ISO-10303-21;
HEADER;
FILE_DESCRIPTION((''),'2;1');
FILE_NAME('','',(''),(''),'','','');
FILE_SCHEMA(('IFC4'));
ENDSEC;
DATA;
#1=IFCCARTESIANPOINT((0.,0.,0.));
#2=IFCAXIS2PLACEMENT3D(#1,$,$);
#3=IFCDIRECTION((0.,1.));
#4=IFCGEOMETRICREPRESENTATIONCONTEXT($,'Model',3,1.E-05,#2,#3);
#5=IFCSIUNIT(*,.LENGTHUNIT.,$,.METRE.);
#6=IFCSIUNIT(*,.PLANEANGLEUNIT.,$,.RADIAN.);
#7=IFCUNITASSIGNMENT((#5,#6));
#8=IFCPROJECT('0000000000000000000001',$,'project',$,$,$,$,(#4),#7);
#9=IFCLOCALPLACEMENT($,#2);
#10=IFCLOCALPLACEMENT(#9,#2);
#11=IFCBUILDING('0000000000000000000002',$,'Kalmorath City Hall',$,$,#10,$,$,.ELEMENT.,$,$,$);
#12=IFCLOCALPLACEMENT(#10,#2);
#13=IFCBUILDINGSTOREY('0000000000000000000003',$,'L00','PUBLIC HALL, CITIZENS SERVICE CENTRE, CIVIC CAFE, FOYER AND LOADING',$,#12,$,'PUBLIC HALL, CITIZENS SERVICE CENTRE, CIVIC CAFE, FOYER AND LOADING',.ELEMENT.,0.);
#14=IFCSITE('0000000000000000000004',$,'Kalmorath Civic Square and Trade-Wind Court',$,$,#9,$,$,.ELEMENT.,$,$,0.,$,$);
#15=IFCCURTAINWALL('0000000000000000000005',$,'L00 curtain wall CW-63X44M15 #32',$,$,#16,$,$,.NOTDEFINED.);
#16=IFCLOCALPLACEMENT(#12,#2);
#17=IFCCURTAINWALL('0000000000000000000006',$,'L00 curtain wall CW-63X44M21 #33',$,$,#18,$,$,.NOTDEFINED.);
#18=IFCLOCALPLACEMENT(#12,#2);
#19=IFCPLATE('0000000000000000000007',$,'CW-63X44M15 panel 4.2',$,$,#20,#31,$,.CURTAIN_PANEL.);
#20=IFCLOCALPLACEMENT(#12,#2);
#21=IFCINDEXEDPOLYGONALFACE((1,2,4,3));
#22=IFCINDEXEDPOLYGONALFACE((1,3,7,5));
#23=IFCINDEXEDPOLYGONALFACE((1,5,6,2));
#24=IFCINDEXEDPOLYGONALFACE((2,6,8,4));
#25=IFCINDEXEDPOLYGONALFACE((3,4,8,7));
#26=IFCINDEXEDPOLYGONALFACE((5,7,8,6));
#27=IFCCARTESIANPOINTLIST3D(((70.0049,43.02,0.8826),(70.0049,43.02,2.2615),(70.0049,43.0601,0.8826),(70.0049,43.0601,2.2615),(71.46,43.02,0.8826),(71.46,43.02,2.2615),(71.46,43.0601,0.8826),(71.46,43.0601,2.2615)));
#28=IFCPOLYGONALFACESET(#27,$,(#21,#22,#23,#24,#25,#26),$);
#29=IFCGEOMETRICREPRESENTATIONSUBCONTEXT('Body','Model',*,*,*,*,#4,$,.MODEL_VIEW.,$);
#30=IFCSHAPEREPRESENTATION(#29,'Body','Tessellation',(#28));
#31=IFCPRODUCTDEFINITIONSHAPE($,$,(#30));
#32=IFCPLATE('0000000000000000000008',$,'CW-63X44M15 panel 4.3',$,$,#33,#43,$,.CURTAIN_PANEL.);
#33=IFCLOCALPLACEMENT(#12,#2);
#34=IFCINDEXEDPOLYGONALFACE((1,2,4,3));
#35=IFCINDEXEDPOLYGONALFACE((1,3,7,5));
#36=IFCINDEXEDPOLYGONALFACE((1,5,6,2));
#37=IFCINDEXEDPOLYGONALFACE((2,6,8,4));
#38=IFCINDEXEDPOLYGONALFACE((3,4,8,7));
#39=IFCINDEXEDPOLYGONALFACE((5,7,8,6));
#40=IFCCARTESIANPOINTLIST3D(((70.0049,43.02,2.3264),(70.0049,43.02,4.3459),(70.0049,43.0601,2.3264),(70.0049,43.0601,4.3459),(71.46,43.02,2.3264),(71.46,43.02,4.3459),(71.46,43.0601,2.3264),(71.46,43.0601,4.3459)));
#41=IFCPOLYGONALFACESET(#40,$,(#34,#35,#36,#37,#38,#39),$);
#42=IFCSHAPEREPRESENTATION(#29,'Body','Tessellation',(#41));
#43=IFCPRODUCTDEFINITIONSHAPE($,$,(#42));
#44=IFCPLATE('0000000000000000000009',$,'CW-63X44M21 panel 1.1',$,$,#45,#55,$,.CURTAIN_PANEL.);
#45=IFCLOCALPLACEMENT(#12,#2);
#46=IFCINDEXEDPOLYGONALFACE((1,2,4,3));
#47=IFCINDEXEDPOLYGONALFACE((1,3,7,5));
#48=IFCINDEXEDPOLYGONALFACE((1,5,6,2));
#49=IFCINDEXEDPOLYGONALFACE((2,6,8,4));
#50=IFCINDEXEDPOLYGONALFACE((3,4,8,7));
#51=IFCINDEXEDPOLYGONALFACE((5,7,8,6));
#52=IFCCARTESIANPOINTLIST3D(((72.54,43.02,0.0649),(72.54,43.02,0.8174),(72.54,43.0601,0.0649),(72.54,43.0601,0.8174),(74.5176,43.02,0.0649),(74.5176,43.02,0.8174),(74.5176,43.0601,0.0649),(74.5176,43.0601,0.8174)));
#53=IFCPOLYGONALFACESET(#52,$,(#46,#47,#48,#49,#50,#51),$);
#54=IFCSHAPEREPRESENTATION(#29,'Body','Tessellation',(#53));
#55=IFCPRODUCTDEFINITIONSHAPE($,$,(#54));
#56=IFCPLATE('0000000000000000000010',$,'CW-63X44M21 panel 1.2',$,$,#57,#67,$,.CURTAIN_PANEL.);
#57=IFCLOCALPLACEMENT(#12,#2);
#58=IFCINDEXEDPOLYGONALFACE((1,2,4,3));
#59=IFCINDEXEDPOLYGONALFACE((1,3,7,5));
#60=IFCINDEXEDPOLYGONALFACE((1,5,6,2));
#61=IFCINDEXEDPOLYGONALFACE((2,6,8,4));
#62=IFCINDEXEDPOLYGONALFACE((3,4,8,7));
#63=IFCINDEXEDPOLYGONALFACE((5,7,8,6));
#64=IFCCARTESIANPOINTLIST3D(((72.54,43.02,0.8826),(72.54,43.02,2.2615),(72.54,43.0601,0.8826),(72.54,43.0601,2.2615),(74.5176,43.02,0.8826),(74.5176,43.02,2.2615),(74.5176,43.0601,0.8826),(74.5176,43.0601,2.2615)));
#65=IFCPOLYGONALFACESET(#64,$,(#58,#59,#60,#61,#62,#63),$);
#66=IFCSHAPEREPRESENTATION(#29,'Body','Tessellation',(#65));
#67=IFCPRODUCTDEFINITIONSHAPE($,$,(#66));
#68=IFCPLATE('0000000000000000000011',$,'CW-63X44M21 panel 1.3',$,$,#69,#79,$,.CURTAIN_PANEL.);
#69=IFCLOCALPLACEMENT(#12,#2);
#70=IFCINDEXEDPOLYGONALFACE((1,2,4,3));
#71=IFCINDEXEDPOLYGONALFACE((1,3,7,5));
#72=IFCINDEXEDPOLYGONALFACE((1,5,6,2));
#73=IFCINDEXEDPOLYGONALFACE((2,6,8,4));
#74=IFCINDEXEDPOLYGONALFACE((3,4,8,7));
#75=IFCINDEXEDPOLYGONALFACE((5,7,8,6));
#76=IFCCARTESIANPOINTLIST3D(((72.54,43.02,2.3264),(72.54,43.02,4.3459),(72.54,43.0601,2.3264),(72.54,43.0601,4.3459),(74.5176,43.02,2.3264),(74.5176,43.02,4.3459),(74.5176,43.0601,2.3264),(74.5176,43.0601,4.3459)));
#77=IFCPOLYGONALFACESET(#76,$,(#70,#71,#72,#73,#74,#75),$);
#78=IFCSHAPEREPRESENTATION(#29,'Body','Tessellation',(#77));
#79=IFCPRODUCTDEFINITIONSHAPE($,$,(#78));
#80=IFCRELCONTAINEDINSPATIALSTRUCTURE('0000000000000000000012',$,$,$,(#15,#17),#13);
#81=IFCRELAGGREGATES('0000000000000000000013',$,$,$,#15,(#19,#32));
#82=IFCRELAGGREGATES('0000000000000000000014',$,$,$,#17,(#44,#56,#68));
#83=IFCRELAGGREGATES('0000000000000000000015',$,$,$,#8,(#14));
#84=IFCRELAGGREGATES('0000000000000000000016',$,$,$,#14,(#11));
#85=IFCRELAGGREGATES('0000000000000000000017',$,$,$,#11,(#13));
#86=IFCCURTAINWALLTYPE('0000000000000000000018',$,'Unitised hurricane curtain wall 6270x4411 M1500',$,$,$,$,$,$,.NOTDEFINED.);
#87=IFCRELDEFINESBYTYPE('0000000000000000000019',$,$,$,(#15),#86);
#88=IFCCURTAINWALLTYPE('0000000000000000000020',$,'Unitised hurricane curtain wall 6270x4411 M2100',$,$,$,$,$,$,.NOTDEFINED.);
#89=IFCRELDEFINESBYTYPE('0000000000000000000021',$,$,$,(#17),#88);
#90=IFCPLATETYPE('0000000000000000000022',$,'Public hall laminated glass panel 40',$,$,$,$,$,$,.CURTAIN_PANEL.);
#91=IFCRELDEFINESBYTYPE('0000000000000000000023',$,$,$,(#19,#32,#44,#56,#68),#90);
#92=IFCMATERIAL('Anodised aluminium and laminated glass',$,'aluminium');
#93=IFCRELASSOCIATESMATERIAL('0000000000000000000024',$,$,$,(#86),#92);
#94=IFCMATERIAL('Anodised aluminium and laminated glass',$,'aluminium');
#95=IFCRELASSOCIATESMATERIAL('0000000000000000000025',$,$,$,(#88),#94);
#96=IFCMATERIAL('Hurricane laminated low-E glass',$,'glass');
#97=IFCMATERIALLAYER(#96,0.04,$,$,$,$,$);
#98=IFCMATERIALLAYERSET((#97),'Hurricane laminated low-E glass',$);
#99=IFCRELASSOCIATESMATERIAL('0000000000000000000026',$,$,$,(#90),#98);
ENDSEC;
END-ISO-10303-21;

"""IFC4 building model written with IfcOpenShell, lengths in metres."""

from ifc_helpers import new_model, si_unit, direction, frame, origin, origin_2d, place, context, subcontext, project, spatial, rectangle, extrude, material, layer, layer_set, type_object, element, aggregate, save


model = new_model("IFC4")

# Units and contexts
model_context = context("Model", 3, precision=1e-05, world=origin(), true_north=direction((0.0, 1.0)))
body_context = subcontext(model_context, "Body", "Model", "MODEL_VIEW")
ifc_project = project(units=[si_unit("LENGTHUNIT", "METRE"), si_unit("PLANEANGLEUNIT", "RADIAN")], contexts=[model_context])

# Site, building, storey
site_placement = place(None, origin())
site = spatial("IfcSite", under=ifc_project, at=site_placement, Name="Kalmorath Civic Square and Trade-Wind Court", CompositionType="ELEMENT", RefElevation=0.0)
building_placement = place(site_placement, origin())
building = spatial("IfcBuilding", under=site, at=building_placement, Name="Kalmorath City Hall", CompositionType="ELEMENT")
storey_placement = place(building_placement, origin())
storey = spatial("IfcBuildingStorey", under=building, at=storey_placement, Name="L00", Description="PUBLIC HALL, CITIZENS SERVICE CENTRE, CIVIC CAFE, FOYER AND LOADING", LongName="PUBLIC HALL, CITIZENS SERVICE CENTRE, CIVIC CAFE, FOYER AND LOADING", CompositionType="ELEMENT", Elevation=0.0)

# Curtain walls
ifc_material_1 = material(Name="Anodised aluminium and laminated glass", Category="aluminium")
curtain_wall_type_1 = type_object("IfcCurtainWallType", Name="Unitised hurricane curtain wall 6270x4411 M1500", PredefinedType="NOTDEFINED", material=ifc_material_1)
curtain_wall_1_placement = place(storey_placement, origin())
curtain_wall_1 = element("IfcCurtainWall", 1, at=curtain_wall_1_placement, inside=storey, type_object=curtain_wall_type_1, Name="L00 curtain wall CW-63X44M15 #32", PredefinedType="NOTDEFINED")
ifc_material_2 = material(Name="Anodised aluminium and laminated glass", Category="aluminium")
curtain_wall_type_2 = type_object("IfcCurtainWallType", Name="Unitised hurricane curtain wall 6270x4411 M2100", PredefinedType="NOTDEFINED", material=ifc_material_2)
curtain_wall_2_placement = place(storey_placement, origin())
curtain_wall_2 = element("IfcCurtainWall", 2, at=curtain_wall_2_placement, inside=storey, type_object=curtain_wall_type_2, Name="L00 curtain wall CW-63X44M21 #33", PredefinedType="NOTDEFINED")

# Plates
ifc_material_3 = material(Name="Hurricane laminated low-E glass", Category="glass")
ifc_layer = layer(ifc_material_3, 0.04)
ifc_layer_set = layer_set([ifc_layer], Name="Hurricane laminated low-E glass")
plate_type = type_object("IfcPlateType", Name="Public hall laminated glass panel 40", PredefinedType="CURTAIN_PANEL", material=ifc_layer_set)
plate_1_placement = place(storey_placement, frame((70.7324, 43.04, 0.8826), z_axis=(0.0, 0.0, 1.0), x_axis=(1.0, 0.0, 0.0)))
plate_1 = element("IfcPlate", 3, at=plate_1_placement, type_object=plate_type, Name="CW-63X44M15 panel 4.2", PredefinedType="CURTAIN_PANEL", context=body_context, shape_type="SweptSolid", body=[
    extrude(rectangle(XDim=1.4551, YDim=0.04, at=origin_2d()), origin(), (0.0, 0.0, 1.0), 1.3789),
])
plate_2_placement = place(storey_placement, frame((70.7324, 43.04, 2.3264), z_axis=(0.0, 0.0, 1.0), x_axis=(1.0, 0.0, 0.0)))
plate_2 = element("IfcPlate", 4, at=plate_2_placement, type_object=plate_type, Name="CW-63X44M15 panel 4.3", PredefinedType="CURTAIN_PANEL", context=body_context, shape_type="SweptSolid", body=[
    extrude(rectangle(XDim=1.4551, YDim=0.04, at=origin_2d()), origin(), (0.0, 0.0, 1.0), 2.0195),
])
aggregate(curtain_wall_1, [plate_1, plate_2])
plate_3_placement = place(storey_placement, frame((73.5288, 43.04, 0.0649), z_axis=(0.0, 0.0, 1.0), x_axis=(1.0, 0.0, 0.0)))
plate_3 = element("IfcPlate", 5, at=plate_3_placement, type_object=plate_type, Name="CW-63X44M21 panel 1.1", PredefinedType="CURTAIN_PANEL", context=body_context, shape_type="SweptSolid", body=[
    extrude(rectangle(XDim=1.9775, YDim=0.04, at=origin_2d()), origin(), (0.0, 0.0, 1.0), 0.7524),
])
plate_4_placement = place(storey_placement, frame((73.5288, 43.04, 0.8826), z_axis=(0.0, 0.0, 1.0), x_axis=(1.0, 0.0, 0.0)))
plate_4 = element("IfcPlate", 6, at=plate_4_placement, type_object=plate_type, Name="CW-63X44M21 panel 1.2", PredefinedType="CURTAIN_PANEL", context=body_context, shape_type="SweptSolid", body=[
    extrude(rectangle(XDim=1.9775, YDim=0.04, at=origin_2d()), origin(), (0.0, 0.0, 1.0), 1.3789),
])
plate_5_placement = place(storey_placement, frame((73.5288, 43.04, 2.3264), z_axis=(0.0, 0.0, 1.0), x_axis=(1.0, 0.0, 0.0)))
plate_5 = element("IfcPlate", 7, at=plate_5_placement, type_object=plate_type, Name="CW-63X44M21 panel 1.3", PredefinedType="CURTAIN_PANEL", context=body_context, shape_type="SweptSolid", body=[
    extrude(rectangle(XDim=1.9775, YDim=0.04, at=origin_2d()), origin(), (0.0, 0.0, 1.0), 2.0195),
])
aggregate(curtain_wall_2, [plate_3, plate_4, plate_5])

save(model, "model.ifc")
